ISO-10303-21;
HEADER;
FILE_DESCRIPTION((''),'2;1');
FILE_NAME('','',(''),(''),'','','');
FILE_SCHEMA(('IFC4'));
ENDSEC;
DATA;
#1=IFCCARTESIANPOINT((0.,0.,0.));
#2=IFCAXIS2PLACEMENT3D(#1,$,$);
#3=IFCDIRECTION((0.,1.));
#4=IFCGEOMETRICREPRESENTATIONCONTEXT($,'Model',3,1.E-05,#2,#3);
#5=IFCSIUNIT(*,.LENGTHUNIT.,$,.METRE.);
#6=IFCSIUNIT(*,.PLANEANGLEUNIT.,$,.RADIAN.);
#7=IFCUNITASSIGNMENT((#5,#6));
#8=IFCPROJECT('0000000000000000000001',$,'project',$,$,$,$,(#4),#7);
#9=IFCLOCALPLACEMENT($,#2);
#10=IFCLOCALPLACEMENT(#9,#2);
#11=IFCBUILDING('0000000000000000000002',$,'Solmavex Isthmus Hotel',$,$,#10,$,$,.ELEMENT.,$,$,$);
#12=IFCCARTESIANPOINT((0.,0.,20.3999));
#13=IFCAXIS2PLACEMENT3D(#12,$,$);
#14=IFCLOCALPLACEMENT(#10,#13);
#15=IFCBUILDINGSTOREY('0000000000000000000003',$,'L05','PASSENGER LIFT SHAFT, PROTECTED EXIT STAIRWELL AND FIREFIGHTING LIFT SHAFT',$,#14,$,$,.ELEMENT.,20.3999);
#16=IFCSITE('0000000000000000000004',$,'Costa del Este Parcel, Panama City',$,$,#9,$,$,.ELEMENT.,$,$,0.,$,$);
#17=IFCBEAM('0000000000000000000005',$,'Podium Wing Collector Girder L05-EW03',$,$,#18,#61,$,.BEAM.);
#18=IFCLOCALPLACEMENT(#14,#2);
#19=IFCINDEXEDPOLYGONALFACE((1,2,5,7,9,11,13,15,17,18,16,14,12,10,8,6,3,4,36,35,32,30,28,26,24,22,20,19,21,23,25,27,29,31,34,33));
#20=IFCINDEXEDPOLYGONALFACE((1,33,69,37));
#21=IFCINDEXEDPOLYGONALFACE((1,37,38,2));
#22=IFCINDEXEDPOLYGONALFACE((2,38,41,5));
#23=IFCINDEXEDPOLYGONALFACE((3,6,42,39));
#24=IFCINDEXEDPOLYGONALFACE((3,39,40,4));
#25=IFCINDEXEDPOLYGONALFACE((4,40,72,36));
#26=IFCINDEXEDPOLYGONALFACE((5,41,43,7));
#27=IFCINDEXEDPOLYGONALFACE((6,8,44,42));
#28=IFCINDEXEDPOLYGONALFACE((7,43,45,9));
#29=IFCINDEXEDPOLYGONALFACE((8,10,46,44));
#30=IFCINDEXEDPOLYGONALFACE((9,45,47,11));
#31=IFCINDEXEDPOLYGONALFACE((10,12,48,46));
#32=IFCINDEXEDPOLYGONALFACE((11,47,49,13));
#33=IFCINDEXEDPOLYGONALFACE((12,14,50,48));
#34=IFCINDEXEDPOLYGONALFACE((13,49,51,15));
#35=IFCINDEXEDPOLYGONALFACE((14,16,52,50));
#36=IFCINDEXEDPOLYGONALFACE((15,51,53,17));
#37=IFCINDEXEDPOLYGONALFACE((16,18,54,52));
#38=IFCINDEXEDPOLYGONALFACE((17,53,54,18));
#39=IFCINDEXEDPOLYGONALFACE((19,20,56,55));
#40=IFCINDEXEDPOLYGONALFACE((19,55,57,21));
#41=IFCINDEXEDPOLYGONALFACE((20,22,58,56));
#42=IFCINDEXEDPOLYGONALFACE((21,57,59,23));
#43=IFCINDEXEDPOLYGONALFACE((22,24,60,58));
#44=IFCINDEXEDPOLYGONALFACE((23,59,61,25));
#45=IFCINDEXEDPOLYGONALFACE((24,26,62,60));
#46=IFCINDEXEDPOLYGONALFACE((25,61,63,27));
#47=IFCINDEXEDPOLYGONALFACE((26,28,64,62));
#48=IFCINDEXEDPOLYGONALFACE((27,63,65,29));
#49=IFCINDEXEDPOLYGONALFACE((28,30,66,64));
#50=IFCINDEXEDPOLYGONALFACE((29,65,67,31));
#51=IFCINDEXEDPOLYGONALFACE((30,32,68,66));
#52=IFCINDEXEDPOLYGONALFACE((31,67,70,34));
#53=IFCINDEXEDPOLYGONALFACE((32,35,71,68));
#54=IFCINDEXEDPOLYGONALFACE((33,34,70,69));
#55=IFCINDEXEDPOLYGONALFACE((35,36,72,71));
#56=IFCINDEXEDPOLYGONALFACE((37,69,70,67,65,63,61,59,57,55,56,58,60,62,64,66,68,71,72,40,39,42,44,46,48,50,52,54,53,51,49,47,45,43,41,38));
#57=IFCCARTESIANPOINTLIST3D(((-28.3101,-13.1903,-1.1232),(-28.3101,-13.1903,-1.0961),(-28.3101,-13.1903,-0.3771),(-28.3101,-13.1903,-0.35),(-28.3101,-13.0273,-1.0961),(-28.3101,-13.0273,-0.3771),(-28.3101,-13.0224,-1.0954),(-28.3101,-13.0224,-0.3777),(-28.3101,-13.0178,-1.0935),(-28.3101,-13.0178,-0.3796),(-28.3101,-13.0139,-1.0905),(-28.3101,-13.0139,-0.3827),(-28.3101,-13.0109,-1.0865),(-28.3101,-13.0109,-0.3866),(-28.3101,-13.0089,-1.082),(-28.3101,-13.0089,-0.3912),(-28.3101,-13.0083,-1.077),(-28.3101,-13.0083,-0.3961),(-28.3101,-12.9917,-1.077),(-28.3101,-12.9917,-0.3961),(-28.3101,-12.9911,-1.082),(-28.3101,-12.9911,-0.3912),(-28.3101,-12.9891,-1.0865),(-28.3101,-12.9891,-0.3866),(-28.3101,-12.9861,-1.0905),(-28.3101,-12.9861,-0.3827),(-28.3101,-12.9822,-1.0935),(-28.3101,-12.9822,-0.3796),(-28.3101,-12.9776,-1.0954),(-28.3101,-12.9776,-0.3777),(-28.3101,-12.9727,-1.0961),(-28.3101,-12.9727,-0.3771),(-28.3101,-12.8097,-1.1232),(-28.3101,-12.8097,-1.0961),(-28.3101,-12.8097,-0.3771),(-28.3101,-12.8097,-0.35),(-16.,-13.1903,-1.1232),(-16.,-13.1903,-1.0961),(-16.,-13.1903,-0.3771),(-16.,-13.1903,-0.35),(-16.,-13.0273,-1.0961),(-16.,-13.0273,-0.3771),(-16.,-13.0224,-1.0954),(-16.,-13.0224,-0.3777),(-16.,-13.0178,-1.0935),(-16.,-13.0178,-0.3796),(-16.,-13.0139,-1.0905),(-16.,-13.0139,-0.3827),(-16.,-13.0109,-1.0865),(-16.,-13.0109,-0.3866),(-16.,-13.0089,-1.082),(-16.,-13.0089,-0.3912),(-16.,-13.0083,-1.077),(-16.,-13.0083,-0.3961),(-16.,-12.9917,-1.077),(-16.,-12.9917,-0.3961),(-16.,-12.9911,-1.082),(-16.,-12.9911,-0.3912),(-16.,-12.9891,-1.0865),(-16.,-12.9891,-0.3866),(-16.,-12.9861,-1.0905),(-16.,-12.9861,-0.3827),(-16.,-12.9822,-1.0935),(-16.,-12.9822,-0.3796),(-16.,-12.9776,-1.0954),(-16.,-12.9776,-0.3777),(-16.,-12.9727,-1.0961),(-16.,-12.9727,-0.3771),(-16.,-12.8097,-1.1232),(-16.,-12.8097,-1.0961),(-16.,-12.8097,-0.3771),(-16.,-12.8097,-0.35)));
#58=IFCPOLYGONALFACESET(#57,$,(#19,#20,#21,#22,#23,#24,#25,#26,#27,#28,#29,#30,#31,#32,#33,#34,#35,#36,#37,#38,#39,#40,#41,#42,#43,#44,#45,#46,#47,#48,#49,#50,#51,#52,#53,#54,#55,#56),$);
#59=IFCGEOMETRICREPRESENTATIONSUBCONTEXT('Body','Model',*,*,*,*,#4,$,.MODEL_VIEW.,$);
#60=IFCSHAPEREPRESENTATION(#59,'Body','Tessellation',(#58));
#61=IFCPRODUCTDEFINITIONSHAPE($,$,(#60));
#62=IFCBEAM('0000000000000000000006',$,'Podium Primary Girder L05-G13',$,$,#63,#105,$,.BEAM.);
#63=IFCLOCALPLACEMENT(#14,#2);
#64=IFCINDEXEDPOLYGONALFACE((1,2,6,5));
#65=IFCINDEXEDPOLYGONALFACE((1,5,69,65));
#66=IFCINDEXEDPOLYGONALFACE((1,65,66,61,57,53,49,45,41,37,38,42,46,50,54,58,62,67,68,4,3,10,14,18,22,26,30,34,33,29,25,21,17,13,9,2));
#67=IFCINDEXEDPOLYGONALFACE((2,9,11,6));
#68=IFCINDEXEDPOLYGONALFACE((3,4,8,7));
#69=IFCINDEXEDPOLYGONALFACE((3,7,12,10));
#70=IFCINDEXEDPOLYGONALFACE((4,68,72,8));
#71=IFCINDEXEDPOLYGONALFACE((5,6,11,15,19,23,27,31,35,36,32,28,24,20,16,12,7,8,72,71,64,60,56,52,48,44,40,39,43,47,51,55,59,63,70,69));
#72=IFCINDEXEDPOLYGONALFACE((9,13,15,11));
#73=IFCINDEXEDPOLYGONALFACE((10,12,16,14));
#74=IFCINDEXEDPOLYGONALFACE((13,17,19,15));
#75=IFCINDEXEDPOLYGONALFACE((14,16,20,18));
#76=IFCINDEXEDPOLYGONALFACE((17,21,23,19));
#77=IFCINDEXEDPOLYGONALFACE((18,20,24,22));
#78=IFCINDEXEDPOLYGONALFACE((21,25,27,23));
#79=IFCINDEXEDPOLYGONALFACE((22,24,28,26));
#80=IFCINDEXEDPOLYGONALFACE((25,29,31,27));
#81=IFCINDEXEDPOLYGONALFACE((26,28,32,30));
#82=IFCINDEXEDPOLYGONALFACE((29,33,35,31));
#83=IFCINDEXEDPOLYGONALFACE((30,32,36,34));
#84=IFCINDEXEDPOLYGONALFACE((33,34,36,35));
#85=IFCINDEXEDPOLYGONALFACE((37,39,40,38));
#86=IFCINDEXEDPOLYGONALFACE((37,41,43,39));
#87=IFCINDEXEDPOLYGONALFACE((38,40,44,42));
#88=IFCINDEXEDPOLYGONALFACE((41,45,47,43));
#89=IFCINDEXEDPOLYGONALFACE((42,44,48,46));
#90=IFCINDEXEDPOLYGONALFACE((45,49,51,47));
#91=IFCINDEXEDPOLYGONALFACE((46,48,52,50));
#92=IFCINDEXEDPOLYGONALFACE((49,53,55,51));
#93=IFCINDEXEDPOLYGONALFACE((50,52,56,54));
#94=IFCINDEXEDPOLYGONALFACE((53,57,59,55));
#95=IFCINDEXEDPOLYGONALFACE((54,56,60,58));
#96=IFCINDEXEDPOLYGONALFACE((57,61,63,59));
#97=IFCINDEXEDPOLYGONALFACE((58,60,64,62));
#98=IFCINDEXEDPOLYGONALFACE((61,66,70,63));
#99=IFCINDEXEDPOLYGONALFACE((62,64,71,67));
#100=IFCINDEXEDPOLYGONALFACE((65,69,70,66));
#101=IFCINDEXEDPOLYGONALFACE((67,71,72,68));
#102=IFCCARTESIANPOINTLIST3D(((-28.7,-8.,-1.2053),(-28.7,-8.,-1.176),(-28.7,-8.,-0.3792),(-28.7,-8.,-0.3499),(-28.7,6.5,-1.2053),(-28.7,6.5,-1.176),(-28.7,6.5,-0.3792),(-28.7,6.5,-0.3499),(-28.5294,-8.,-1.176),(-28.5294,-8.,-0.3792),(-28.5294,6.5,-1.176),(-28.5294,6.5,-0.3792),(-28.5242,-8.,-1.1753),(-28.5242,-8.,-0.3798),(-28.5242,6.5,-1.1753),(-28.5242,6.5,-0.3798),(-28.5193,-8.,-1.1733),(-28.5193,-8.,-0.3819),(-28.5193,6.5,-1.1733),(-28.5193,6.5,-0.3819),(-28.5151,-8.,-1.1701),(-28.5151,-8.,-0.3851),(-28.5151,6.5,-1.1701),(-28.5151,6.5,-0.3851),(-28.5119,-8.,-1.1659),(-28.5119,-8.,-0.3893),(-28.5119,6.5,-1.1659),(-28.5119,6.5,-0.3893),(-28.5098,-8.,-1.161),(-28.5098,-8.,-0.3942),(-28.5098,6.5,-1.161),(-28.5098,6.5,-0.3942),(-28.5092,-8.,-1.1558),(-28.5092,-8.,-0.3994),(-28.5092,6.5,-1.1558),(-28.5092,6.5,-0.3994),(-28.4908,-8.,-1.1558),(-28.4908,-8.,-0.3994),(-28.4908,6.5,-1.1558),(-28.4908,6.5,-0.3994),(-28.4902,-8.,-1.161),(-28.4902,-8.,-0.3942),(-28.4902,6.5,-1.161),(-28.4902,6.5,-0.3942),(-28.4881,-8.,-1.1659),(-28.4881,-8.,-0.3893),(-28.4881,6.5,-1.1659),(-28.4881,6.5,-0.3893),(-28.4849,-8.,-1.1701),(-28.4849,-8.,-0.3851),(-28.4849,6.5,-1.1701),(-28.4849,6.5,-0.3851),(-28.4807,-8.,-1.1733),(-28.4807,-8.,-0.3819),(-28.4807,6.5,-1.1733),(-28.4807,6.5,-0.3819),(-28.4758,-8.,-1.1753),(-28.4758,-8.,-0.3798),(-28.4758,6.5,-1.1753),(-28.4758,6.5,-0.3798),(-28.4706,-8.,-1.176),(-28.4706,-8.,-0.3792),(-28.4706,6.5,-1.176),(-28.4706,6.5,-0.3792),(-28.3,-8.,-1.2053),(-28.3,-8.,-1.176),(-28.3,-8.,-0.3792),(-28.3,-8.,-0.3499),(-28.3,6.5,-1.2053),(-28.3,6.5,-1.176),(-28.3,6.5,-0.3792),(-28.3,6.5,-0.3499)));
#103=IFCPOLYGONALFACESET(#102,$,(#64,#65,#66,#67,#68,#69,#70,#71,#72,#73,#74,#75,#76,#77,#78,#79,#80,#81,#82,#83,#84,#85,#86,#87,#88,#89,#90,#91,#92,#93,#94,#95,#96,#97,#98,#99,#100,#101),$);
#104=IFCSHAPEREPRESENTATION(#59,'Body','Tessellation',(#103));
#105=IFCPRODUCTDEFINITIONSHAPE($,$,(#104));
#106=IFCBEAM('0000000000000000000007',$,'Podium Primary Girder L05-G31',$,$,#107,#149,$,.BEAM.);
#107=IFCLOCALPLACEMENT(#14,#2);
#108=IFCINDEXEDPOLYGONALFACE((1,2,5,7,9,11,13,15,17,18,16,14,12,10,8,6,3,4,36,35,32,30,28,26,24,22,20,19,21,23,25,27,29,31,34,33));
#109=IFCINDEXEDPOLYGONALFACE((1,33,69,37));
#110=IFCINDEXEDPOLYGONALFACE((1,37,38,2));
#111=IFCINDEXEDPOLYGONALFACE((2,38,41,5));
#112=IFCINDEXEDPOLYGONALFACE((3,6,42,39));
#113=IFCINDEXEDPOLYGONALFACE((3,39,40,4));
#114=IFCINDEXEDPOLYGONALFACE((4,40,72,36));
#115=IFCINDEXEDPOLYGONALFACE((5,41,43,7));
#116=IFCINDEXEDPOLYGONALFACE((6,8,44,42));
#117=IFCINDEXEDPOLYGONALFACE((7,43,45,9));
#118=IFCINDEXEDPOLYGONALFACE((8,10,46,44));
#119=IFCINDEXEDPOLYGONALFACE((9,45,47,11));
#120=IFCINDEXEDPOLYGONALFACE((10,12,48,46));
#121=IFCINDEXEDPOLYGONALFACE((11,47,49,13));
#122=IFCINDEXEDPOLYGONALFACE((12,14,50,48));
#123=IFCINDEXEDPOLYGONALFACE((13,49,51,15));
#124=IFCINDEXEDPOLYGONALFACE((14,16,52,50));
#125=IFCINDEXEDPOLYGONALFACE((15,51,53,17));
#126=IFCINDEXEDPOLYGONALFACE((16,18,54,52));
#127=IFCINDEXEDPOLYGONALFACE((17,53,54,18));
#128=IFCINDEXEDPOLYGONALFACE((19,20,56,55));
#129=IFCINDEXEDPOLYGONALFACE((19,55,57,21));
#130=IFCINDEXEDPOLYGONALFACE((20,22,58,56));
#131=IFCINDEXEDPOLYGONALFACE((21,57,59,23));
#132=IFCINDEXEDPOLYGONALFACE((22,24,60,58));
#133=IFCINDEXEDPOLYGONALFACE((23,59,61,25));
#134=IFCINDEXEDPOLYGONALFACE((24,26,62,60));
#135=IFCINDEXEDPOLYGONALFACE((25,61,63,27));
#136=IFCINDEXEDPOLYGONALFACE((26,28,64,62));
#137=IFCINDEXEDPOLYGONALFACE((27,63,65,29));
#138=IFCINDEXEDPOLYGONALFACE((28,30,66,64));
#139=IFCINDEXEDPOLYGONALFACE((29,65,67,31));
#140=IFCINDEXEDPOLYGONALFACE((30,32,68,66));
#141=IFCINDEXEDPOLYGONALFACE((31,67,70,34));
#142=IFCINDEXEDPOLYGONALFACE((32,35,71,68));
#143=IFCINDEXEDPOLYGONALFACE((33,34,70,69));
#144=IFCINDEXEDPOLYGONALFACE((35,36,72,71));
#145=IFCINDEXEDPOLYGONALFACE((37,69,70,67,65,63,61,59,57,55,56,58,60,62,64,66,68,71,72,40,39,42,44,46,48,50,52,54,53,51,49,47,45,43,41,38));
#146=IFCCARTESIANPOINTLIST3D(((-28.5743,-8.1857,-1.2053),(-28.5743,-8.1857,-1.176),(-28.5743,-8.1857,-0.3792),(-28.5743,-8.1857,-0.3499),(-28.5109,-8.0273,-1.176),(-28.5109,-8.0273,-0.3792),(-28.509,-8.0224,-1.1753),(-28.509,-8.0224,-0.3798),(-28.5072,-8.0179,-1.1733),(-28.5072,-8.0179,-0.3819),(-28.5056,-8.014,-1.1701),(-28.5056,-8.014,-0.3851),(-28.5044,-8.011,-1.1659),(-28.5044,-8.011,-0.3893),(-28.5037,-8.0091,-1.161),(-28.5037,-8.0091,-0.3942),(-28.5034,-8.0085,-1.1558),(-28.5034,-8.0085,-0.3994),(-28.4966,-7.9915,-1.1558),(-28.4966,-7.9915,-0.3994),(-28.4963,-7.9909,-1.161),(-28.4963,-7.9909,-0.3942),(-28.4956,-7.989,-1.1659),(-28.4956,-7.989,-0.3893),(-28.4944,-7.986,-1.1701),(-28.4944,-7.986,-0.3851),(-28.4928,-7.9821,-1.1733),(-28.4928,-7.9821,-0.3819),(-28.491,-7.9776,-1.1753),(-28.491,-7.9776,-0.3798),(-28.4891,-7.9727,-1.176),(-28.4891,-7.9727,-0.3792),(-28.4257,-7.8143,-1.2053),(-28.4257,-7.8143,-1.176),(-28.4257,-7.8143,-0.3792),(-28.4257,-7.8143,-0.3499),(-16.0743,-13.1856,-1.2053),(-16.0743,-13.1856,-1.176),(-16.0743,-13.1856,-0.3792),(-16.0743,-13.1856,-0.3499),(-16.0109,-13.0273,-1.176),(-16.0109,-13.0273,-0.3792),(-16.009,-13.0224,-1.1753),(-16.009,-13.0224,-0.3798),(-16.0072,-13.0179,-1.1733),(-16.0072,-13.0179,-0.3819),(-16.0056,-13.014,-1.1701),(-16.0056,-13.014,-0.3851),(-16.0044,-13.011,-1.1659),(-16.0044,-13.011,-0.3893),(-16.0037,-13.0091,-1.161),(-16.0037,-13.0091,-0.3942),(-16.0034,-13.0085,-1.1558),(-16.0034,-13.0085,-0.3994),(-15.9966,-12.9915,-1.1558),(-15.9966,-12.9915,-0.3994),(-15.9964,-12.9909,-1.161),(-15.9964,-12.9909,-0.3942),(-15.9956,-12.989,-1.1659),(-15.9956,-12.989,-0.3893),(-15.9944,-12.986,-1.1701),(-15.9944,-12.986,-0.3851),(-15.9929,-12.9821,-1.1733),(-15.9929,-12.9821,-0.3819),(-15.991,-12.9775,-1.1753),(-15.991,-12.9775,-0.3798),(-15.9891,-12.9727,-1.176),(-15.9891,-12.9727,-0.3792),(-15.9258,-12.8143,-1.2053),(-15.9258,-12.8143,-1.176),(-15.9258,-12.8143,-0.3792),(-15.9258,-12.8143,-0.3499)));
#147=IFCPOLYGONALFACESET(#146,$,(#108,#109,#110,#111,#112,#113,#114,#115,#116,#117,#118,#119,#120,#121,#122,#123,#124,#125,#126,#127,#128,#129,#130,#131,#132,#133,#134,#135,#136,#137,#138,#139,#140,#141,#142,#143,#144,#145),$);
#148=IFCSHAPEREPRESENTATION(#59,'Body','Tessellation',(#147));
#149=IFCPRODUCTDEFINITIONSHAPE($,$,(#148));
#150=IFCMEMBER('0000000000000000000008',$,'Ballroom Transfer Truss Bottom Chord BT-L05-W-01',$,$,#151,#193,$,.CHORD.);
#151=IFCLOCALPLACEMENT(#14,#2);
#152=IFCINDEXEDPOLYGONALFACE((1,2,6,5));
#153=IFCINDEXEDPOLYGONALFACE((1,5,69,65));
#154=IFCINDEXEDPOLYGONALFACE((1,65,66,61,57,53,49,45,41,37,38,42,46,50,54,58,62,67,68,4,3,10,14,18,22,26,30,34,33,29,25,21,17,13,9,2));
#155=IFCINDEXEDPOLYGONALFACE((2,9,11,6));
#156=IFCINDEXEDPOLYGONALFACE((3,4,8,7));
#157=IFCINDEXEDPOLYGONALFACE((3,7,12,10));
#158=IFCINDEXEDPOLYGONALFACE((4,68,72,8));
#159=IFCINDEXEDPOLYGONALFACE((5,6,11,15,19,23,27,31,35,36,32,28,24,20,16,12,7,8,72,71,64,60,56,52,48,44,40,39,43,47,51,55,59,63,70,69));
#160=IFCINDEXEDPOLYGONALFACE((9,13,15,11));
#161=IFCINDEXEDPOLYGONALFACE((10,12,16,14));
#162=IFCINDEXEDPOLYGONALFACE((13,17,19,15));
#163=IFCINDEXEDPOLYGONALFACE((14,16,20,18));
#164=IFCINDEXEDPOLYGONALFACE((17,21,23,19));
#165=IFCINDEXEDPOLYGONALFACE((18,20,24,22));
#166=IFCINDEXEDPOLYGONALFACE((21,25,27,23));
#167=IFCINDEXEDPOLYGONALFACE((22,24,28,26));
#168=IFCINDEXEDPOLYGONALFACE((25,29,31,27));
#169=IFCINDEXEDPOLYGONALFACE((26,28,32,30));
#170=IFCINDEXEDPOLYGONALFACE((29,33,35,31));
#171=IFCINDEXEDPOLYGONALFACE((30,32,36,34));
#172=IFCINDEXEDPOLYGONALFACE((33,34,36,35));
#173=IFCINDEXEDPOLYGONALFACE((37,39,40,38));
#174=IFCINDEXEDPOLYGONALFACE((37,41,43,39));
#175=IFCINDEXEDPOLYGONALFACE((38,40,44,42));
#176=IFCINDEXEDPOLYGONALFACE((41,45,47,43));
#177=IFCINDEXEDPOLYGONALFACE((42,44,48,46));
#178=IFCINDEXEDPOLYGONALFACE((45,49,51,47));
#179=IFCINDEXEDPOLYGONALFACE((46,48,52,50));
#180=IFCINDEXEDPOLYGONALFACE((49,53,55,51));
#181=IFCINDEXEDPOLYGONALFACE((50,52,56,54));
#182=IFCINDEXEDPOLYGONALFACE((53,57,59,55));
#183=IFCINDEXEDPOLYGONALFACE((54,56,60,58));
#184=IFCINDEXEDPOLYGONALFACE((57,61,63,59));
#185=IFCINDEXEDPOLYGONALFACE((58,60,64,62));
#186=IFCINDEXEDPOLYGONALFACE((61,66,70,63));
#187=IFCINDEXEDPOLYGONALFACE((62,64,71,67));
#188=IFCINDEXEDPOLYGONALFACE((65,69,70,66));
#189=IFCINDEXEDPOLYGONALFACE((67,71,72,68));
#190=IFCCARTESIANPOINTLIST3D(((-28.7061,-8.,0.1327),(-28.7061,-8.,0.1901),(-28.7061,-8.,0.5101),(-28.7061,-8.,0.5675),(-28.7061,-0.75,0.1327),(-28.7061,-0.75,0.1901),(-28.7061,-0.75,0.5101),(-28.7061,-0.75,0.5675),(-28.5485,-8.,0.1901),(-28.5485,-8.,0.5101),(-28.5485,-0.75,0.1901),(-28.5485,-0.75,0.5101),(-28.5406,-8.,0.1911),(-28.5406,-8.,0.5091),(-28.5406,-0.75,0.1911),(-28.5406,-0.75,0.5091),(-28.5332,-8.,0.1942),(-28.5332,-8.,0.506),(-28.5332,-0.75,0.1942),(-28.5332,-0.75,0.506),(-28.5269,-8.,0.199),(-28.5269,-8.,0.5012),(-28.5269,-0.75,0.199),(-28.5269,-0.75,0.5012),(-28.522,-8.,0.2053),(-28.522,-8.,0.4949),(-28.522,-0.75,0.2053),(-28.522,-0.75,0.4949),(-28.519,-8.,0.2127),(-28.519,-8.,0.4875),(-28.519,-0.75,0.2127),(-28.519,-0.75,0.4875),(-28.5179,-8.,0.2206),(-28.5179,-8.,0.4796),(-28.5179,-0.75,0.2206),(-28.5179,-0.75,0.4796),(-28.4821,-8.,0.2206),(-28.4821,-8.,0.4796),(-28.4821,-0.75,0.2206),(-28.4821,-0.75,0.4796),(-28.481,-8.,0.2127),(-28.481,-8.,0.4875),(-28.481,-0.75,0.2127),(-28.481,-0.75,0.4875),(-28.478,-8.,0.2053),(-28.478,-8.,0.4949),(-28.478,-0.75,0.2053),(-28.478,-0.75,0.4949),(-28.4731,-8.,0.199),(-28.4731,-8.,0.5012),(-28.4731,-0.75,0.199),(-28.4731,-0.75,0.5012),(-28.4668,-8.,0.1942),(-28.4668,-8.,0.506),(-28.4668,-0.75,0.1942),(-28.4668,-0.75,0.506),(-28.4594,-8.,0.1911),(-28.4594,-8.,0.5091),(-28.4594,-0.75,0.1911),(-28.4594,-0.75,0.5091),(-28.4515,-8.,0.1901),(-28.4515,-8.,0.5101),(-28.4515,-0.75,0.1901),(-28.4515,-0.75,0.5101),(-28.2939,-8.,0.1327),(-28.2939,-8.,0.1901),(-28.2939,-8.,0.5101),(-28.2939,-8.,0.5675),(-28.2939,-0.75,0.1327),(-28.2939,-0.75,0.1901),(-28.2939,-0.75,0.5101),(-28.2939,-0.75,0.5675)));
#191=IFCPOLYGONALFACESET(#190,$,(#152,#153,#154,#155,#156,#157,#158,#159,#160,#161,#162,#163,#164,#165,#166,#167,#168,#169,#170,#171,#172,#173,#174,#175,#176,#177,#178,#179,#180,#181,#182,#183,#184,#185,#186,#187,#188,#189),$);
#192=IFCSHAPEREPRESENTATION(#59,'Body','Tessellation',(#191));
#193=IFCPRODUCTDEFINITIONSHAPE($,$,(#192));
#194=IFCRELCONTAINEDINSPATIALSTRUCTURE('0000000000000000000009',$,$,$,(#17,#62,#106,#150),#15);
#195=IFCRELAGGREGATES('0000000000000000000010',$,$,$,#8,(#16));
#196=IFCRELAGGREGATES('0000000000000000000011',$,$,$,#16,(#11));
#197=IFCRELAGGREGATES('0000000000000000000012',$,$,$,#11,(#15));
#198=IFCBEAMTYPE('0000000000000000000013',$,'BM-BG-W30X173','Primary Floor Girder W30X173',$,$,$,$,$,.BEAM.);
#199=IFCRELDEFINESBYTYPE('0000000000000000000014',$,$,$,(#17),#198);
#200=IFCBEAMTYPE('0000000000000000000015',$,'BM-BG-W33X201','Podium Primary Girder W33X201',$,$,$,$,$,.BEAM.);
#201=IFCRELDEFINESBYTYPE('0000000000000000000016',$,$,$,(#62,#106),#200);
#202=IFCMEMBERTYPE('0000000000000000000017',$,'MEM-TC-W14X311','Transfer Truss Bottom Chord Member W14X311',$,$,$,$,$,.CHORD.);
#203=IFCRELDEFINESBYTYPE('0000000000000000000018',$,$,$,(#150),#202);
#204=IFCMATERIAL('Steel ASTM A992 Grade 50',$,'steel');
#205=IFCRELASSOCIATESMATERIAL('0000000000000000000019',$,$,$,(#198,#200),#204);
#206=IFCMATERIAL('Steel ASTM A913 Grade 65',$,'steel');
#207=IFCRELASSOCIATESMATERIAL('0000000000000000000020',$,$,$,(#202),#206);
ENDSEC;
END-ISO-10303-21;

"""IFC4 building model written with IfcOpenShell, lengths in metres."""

from ifc_helpers import new_model, si_unit, direction, frame, origin, origin_2d, place, context, subcontext, project, spatial, i_section, extrude, material, material_profile, profile_set, type_object, element, save


model = new_model("IFC4")

# Units and contexts
model_context = context("Model", 3, precision=1e-05, world=origin(), true_north=direction((0.0, 1.0)))
body_context = subcontext(model_context, "Body", "Model", "MODEL_VIEW")
ifc_project = project(units=[si_unit("LENGTHUNIT", "METRE"), si_unit("PLANEANGLEUNIT", "RADIAN")], contexts=[model_context])

# Site, building, storey
site_placement = place(None, origin())
site = spatial("IfcSite", under=ifc_project, at=site_placement, Name="Costa del Este Parcel, Panama City", CompositionType="ELEMENT", RefElevation=0.0)
building_placement = place(site_placement, origin())
building = spatial("IfcBuilding", under=site, at=building_placement, Name="Solmavex Isthmus Hotel", CompositionType="ELEMENT")
storey_placement = place(building_placement, frame((0.0, 0.0, 20.3999)))
storey = spatial("IfcBuildingStorey", under=building, at=storey_placement, Name="L05", Description="PASSENGER LIFT SHAFT, PROTECTED EXIT STAIRWELL AND FIREFIGHTING LIFT SHAFT", CompositionType="ELEMENT", Elevation=20.3999)

# Beams
ifc_material_1 = material(Name="Steel ASTM A992 Grade 50", Category="steel")
ifc_material_profile_1 = material_profile(ifc_material_1, i_section(OverallWidth=0.3806, OverallDepth=0.7732, WebThickness=0.0166, FlangeThickness=0.0271, FilletRadius=0.019, at=origin_2d()), Name="W30X173")
ifc_profile_set_1 = profile_set([ifc_material_profile_1], Name="Steel ASTM A992 Grade 50")
beam_type_1 = type_object("IfcBeamType", Name="BM-BG-W30X173", Description="Primary Floor Girder W30X173", PredefinedType="BEAM", material=ifc_profile_set_1)
for number, where, z_axis, x_axis, name in (
    (1, (-28.3101, -13.0, -0.7366), (1.0, 0.0, 0.0), (0.0, 1.0, 0.0), "Podium Wing Collector Girder L05-EW03"),
):
    element("IfcBeam", number, at=place(storey_placement, frame(where, z_axis=z_axis, x_axis=x_axis)), inside=storey, type_object=beam_type_1, Name=name, PredefinedType="BEAM", context=body_context, shape_type="SweptSolid", body=[
        extrude(i_section(OverallWidth=0.3806, OverallDepth=0.7732, WebThickness=0.0166, FlangeThickness=0.0271, FilletRadius=0.019, at=origin_2d()), origin(), (0.0, 0.0, 1.0), 12.3101),
    ])
ifc_material_profile_2 = material_profile(ifc_material_1, i_section(OverallWidth=0.3999, OverallDepth=0.8555, WebThickness=0.0183, FlangeThickness=0.0293, FilletRadius=0.0203, at=origin_2d()), Name="W33X201")
ifc_profile_set_2 = profile_set([ifc_material_profile_2], Name="Steel ASTM A992 Grade 50")
beam_type_2 = type_object("IfcBeamType", Name="BM-BG-W33X201", Description="Podium Primary Girder W33X201", PredefinedType="BEAM", material=ifc_profile_set_2)
beam_1_placement = place(storey_placement, frame((-28.5, -8.0, -0.7776), z_axis=(0.0, 1.0, 0.0), x_axis=(-1.0, 0.0, 0.0)))
element("IfcBeam", 2, at=beam_1_placement, inside=storey, type_object=beam_type_2, Name="Podium Primary Girder L05-G13", PredefinedType="BEAM", context=body_context, shape_type="SweptSolid", body=[
    extrude(i_section(OverallWidth=0.3999, OverallDepth=0.8555, WebThickness=0.0183, FlangeThickness=0.0293, FilletRadius=0.0203, at=origin_2d()), origin(), (0.0, 0.0, 1.0), 14.5),
])
beam_2_placement = place(storey_placement, frame((-28.5, -8.0, -0.7776), z_axis=(0.928477, -0.371391, 0.0), x_axis=(0.371391, 0.928477, 0.0)))
element("IfcBeam", 3, at=beam_2_placement, inside=storey, type_object=beam_type_2, Name="Podium Primary Girder L05-G31", PredefinedType="BEAM", context=body_context, shape_type="SweptSolid", body=[
    extrude(i_section(OverallWidth=0.3999, OverallDepth=0.8555, WebThickness=0.0183, FlangeThickness=0.0293, FilletRadius=0.0203, at=origin_2d()), origin(), (0.0, 0.0, 1.0), 13.4629),
])

# Member
ifc_material_2 = material(Name="Steel ASTM A913 Grade 65", Category="steel")
ifc_material_profile_3 = material_profile(ifc_material_2, i_section(OverallWidth=0.4121, OverallDepth=0.4348, WebThickness=0.0359, FlangeThickness=0.0574, FilletRadius=0.0305, at=origin_2d()), Name="W14X311")
ifc_profile_set_3 = profile_set([ifc_material_profile_3], Name="Steel ASTM A913 Grade 65")
member_type_1 = type_object("IfcMemberType", Name="MEM-TC-W14X311", Description="Transfer Truss Bottom Chord Member W14X311", PredefinedType="CHORD", material=ifc_profile_set_3)
member_1_placement = place(storey_placement, frame((-28.5, -8.0, 0.3501), z_axis=(0.0, 1.0, 0.0), x_axis=(-1.0, 0.0, 0.0)))
element("IfcMember", 4, at=member_1_placement, inside=storey, type_object=member_type_1, Name="Ballroom Transfer Truss Bottom Chord BT-L05-W-01", PredefinedType="CHORD", context=body_context, shape_type="SweptSolid", body=[
    extrude(i_section(OverallWidth=0.4121, OverallDepth=0.4348, WebThickness=0.0359, FlangeThickness=0.0574, FilletRadius=0.0305, at=origin_2d()), origin(), (0.0, 0.0, 1.0), 7.25),
])

save(model, "model.ifc")
